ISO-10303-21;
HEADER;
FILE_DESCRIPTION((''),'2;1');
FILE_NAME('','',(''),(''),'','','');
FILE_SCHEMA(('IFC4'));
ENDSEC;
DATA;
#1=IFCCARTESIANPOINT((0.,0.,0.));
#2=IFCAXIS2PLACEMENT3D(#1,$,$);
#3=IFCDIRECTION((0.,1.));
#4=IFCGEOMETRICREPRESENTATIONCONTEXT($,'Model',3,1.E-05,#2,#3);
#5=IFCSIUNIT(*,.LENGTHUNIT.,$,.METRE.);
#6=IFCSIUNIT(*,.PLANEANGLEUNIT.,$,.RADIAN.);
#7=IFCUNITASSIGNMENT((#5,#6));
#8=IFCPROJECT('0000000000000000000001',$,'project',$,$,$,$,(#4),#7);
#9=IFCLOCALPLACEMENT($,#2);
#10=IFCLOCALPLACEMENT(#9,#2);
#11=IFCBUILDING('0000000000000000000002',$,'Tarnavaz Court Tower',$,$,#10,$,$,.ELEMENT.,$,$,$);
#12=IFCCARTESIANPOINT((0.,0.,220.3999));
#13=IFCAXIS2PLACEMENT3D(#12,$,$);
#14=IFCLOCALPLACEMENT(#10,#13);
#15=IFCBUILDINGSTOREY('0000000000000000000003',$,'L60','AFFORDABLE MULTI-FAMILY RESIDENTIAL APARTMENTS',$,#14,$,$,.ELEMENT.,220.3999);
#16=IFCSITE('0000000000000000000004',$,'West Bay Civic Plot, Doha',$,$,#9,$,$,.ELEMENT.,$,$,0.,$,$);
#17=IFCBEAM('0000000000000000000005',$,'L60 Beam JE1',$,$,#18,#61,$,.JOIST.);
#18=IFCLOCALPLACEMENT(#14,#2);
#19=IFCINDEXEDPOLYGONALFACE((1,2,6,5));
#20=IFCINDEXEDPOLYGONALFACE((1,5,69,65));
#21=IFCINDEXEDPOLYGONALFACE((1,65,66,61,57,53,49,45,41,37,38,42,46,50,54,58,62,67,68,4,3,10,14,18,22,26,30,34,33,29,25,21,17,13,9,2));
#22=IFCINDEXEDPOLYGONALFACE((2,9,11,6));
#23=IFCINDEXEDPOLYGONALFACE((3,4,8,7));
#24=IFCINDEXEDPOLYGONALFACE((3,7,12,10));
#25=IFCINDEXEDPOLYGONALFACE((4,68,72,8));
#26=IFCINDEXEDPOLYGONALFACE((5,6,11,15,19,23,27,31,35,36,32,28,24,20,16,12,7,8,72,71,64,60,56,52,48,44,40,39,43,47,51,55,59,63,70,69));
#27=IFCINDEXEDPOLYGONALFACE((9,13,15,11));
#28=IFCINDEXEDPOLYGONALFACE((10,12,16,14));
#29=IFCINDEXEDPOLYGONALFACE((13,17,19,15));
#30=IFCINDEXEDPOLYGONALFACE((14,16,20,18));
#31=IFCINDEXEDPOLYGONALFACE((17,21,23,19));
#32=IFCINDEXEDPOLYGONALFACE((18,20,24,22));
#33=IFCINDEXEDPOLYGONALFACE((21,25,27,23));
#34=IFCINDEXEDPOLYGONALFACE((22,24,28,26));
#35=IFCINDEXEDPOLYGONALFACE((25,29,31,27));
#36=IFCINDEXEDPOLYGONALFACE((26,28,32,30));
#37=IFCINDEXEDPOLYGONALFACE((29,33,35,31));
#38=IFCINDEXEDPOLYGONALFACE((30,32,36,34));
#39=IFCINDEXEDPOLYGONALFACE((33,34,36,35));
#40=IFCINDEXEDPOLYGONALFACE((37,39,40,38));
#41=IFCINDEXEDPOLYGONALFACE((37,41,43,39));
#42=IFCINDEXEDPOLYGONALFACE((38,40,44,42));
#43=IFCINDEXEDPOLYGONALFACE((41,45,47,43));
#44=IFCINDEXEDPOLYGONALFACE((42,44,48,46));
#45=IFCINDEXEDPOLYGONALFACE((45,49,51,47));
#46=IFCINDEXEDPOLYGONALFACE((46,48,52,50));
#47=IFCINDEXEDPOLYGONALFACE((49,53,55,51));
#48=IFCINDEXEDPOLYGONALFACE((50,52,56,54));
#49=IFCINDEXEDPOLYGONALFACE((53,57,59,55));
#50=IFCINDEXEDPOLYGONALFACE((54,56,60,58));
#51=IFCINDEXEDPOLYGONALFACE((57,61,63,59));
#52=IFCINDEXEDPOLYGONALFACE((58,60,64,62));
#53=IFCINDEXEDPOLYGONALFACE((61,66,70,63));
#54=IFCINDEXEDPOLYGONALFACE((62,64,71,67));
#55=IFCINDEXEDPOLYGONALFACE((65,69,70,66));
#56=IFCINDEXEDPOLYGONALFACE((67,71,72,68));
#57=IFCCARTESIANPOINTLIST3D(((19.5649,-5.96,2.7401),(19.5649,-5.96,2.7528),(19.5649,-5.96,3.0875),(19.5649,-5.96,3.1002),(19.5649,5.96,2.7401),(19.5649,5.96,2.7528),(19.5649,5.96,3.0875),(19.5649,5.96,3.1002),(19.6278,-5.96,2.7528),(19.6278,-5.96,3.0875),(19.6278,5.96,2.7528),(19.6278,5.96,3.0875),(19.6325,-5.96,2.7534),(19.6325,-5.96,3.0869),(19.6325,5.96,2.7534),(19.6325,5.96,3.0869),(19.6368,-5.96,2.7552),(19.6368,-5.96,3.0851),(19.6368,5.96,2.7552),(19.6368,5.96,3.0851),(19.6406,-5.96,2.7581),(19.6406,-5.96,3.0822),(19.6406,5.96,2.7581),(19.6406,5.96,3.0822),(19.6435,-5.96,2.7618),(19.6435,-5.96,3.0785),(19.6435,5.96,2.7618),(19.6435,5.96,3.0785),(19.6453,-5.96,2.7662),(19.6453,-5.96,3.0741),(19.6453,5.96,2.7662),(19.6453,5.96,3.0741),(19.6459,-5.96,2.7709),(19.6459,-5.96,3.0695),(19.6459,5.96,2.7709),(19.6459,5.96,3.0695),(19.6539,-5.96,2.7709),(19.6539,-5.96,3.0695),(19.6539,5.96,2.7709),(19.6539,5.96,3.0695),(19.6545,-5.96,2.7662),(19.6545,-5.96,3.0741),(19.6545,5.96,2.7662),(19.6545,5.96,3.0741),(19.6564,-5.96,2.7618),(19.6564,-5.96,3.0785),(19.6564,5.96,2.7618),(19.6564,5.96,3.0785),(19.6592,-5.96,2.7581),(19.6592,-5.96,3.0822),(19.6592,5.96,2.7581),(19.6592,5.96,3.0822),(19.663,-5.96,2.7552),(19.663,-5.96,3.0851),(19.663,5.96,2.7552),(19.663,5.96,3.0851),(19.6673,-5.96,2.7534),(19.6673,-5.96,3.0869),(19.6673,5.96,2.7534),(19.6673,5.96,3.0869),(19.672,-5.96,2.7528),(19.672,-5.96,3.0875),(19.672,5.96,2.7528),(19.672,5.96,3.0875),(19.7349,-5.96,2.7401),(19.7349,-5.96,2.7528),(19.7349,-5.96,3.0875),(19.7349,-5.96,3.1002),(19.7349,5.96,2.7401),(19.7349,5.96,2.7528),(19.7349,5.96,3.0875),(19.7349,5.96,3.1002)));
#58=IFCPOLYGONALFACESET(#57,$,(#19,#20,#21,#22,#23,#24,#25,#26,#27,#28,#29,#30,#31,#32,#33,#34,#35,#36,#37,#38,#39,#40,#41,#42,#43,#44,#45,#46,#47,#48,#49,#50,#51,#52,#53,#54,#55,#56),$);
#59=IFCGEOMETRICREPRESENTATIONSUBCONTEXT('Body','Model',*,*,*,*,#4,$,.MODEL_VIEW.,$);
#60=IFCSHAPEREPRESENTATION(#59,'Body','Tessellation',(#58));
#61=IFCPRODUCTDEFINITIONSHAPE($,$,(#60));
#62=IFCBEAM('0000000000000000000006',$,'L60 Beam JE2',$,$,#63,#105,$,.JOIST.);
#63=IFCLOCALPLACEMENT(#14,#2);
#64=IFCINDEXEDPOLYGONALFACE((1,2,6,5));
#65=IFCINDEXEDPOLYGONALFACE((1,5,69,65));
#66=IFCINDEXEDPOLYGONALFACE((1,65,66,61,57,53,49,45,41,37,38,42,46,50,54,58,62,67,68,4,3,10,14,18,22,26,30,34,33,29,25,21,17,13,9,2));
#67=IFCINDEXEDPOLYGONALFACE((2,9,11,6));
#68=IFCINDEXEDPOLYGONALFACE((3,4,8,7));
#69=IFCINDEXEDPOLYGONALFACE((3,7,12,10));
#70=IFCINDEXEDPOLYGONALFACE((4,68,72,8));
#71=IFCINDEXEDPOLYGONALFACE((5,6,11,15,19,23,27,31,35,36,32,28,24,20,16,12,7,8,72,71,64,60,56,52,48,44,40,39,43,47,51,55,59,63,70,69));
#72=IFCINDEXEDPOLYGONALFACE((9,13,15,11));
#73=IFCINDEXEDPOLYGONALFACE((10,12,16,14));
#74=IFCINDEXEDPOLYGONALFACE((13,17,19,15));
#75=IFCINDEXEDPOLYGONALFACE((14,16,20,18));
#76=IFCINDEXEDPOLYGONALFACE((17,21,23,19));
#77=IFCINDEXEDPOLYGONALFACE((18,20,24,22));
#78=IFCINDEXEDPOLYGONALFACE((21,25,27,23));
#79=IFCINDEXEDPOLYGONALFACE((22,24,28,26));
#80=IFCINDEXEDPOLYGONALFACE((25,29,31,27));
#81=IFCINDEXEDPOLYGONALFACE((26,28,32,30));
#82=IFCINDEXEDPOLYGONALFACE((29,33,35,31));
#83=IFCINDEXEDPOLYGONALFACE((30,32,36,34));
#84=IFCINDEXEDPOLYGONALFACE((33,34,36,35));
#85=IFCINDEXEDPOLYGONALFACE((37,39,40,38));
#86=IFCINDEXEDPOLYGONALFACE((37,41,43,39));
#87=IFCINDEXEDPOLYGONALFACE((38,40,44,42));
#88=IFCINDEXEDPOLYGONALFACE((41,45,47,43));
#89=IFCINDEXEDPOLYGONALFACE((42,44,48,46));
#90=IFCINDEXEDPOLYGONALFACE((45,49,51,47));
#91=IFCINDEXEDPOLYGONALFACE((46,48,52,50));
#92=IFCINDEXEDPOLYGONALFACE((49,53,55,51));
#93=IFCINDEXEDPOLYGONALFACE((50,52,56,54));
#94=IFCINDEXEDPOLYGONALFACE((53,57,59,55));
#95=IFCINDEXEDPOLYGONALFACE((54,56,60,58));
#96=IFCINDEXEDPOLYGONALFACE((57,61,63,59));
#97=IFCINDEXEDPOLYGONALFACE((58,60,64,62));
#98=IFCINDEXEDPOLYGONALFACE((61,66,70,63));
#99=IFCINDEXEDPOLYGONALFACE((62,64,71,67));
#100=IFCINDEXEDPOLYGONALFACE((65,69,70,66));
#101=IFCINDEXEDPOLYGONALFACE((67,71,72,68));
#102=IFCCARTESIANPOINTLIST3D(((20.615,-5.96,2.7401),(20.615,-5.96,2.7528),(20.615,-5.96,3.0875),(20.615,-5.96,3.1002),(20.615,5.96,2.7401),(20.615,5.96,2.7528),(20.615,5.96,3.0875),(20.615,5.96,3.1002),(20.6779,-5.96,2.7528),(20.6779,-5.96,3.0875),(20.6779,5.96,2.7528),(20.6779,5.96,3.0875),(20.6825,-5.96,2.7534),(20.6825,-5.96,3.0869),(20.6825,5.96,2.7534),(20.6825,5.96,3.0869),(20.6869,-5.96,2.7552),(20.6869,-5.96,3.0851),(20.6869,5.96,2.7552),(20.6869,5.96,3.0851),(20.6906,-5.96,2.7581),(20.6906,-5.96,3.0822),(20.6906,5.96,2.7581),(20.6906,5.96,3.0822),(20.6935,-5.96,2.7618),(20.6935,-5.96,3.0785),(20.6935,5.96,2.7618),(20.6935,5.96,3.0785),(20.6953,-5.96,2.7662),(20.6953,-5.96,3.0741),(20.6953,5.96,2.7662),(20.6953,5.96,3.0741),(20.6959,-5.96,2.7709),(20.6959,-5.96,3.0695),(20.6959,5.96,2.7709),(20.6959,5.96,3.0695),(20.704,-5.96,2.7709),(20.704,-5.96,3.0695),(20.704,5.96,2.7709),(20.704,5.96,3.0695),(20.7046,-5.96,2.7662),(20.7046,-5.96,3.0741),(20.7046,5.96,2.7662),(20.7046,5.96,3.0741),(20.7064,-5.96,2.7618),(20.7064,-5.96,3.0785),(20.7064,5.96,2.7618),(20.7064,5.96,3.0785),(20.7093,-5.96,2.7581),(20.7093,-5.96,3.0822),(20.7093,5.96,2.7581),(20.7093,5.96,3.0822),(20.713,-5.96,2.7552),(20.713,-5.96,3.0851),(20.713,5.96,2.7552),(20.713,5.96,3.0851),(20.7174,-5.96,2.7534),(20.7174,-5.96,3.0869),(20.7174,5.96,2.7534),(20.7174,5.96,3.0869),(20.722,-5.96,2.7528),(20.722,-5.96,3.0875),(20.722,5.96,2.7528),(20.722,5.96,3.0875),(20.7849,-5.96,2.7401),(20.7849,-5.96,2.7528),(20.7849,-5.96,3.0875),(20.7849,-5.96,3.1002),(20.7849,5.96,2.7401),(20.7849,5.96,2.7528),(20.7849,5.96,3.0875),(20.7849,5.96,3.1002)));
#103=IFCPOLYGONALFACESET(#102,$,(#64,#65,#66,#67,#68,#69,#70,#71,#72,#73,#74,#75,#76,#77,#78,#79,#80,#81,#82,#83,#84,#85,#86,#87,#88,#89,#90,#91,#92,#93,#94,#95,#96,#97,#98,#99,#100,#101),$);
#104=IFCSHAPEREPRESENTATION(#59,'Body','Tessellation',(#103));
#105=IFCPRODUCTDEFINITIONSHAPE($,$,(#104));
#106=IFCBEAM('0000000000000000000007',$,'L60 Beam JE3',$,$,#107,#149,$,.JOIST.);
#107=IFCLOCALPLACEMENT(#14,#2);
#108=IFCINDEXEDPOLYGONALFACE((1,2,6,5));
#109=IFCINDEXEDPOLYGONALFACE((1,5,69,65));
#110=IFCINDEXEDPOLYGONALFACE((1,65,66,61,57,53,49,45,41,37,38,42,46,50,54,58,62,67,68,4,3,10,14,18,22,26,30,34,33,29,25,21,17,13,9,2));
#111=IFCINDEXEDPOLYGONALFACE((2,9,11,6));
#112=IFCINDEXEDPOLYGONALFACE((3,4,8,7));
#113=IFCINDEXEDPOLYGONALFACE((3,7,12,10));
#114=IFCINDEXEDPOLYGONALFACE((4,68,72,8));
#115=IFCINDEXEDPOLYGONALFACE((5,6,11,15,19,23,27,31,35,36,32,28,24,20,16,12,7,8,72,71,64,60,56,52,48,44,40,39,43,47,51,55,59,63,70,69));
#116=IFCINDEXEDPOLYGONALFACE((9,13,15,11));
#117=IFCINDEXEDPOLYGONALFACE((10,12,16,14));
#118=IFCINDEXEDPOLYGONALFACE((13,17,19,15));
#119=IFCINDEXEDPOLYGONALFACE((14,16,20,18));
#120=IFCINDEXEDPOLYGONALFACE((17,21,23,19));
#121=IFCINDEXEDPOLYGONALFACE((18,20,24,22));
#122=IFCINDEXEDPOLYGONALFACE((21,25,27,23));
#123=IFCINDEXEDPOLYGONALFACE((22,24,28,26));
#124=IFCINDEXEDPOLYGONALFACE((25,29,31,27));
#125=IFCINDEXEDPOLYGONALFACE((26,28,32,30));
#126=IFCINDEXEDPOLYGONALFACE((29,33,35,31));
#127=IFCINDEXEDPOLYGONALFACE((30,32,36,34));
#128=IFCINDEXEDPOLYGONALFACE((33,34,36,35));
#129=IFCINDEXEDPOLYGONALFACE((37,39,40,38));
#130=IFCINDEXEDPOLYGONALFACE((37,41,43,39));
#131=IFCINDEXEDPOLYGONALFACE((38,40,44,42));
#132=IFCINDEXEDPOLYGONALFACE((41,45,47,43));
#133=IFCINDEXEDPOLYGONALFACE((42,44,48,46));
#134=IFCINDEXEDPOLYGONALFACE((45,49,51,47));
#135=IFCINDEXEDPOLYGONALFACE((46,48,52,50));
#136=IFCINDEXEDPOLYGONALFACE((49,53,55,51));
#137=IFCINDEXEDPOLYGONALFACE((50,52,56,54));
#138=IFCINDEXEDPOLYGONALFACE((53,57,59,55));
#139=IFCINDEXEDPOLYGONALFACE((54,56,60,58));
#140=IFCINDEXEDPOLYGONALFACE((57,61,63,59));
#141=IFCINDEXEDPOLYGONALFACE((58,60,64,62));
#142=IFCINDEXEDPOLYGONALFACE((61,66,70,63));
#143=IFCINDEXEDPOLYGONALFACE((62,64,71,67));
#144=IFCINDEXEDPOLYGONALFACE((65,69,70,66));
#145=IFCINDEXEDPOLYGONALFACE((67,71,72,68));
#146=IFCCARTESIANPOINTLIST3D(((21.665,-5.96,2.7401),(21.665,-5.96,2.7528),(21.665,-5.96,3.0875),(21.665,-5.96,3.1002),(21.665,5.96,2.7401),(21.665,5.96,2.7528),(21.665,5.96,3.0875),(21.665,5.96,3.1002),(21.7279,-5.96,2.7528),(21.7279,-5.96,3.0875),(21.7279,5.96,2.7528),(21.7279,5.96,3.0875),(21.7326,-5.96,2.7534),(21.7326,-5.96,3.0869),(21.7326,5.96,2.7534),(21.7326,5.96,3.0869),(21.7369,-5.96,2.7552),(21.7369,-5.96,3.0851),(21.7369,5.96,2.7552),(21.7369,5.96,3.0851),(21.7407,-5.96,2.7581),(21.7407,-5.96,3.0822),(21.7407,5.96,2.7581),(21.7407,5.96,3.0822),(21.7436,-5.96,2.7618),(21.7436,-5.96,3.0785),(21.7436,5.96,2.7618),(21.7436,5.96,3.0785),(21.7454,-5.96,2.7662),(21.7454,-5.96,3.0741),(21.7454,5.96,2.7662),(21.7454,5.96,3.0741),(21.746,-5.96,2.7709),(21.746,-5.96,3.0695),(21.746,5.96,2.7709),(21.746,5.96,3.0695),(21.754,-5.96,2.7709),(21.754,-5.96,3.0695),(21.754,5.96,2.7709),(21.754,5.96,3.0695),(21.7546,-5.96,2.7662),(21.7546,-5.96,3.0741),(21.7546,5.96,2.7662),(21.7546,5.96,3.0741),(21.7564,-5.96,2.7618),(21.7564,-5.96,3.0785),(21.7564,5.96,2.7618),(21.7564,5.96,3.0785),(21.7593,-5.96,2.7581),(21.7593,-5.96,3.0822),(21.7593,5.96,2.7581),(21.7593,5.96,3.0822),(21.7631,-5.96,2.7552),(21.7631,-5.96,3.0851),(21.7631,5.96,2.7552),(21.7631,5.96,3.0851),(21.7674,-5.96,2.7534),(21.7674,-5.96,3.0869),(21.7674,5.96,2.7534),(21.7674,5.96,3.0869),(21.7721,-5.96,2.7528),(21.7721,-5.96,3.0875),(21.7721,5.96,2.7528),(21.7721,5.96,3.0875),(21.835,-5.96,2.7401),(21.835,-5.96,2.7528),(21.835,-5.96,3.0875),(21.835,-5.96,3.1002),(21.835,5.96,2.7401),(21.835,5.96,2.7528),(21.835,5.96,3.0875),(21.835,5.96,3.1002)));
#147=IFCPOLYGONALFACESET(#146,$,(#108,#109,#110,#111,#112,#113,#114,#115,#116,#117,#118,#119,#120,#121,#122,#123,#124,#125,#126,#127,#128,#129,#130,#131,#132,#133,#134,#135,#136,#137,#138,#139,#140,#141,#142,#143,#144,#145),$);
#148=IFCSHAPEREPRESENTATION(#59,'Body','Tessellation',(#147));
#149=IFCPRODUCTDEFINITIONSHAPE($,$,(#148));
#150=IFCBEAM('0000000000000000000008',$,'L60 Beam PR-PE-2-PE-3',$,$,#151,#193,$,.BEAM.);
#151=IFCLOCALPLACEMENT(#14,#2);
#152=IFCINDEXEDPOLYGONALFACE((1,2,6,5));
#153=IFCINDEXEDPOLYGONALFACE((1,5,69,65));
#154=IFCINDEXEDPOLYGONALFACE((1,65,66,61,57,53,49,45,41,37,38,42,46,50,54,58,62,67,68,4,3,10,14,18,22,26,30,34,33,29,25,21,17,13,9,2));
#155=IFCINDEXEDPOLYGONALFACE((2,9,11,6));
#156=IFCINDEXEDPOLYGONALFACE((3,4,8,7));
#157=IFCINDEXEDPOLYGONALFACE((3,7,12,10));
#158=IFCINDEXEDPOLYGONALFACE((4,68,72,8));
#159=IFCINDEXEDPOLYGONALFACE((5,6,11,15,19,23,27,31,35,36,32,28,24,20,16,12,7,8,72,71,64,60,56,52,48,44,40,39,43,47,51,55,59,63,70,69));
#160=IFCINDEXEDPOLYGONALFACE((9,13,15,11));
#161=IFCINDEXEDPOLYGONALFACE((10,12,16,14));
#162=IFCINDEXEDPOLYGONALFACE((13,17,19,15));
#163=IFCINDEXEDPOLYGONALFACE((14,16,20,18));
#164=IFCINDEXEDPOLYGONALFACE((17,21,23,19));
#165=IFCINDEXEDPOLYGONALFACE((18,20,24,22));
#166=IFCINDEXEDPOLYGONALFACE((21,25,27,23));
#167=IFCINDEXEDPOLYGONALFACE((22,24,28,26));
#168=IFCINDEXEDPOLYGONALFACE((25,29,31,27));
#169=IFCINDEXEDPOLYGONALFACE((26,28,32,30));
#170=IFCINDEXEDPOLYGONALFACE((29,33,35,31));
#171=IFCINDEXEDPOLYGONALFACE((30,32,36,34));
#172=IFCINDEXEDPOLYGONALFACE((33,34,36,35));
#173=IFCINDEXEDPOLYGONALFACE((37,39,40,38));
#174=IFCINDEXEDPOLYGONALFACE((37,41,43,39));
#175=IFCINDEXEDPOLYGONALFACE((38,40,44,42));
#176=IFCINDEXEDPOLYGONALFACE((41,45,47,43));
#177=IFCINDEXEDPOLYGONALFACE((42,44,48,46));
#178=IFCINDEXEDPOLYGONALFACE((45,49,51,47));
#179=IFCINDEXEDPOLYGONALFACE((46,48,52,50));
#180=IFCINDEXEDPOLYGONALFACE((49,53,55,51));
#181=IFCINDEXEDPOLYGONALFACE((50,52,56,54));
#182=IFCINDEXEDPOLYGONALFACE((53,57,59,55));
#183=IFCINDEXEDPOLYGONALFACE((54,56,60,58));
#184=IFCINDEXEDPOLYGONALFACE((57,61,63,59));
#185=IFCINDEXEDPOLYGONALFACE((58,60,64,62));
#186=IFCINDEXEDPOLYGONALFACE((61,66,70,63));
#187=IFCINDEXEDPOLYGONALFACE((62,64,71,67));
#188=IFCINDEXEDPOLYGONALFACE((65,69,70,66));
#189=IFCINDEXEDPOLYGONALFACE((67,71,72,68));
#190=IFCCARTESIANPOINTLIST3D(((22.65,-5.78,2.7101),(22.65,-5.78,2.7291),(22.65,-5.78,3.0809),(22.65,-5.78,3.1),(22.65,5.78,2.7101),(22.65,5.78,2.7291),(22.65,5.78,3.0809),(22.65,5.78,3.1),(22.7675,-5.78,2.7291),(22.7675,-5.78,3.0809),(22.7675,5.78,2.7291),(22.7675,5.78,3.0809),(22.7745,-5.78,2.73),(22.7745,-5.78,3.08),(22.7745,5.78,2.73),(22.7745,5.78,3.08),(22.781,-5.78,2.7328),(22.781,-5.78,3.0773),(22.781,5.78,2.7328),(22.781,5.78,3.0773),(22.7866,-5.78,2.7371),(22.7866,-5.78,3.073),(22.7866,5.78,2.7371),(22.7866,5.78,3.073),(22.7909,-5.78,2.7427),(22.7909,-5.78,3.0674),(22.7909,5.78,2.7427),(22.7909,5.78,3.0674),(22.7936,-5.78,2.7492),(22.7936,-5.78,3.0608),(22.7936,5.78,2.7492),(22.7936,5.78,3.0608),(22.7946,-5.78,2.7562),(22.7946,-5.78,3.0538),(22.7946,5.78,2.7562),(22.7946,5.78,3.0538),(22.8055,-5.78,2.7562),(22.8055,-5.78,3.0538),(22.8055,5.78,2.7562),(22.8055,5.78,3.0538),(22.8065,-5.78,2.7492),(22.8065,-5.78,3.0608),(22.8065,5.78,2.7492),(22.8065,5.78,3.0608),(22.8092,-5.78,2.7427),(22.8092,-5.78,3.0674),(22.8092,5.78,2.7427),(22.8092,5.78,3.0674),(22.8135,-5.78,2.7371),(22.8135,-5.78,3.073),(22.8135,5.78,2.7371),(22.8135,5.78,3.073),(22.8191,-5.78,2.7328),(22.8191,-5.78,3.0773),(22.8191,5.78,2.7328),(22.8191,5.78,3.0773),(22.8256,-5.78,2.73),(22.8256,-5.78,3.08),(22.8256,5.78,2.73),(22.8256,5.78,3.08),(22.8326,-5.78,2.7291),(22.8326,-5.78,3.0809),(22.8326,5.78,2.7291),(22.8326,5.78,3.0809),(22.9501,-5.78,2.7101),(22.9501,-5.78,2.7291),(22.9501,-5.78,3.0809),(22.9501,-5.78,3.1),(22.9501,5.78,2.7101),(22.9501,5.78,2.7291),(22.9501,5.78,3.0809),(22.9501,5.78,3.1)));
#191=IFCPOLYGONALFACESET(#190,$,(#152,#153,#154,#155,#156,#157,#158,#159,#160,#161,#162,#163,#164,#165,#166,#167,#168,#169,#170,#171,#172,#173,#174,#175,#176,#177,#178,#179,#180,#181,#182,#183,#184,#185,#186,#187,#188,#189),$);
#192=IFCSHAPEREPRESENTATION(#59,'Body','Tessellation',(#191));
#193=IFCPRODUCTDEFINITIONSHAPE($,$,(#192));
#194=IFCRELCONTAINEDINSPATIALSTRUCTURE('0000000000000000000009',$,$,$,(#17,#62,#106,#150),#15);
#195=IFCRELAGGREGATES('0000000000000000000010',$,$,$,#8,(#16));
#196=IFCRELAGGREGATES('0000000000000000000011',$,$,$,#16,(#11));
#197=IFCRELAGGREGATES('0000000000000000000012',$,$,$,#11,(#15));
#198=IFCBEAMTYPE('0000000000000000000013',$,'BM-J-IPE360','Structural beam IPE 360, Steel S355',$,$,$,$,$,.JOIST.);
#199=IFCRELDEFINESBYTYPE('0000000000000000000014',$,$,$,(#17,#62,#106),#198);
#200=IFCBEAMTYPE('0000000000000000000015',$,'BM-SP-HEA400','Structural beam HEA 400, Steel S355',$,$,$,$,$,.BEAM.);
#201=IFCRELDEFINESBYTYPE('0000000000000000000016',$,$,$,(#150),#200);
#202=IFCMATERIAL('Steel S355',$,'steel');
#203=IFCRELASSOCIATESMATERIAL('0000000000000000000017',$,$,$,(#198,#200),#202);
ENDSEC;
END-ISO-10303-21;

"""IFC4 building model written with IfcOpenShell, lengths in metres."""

from ifc_helpers import new_model, si_unit, direction, frame, origin, origin_2d, place, context, subcontext, project, spatial, i_section, extrude, material, material_profile, profile_set, type_object, element, save


model = new_model("IFC4")

# Units and contexts
model_context = context("Model", 3, precision=1e-05, world=origin(), true_north=direction((0.0, 1.0)))
body_context = subcontext(model_context, "Body", "Model", "MODEL_VIEW")
ifc_project = project(units=[si_unit("LENGTHUNIT", "METRE"), si_unit("PLANEANGLEUNIT", "RADIAN")], contexts=[model_context])

# Site, building, storey
site_placement = place(None, origin())
site = spatial("IfcSite", under=ifc_project, at=site_placement, Name="West Bay Civic Plot, Doha", CompositionType="ELEMENT", RefElevation=0.0)
building_placement = place(site_placement, origin())
building = spatial("IfcBuilding", under=site, at=building_placement, Name="Tarnavaz Court Tower", CompositionType="ELEMENT")
storey_placement = place(building_placement, frame((0.0, 0.0, 220.3999)))
storey = spatial("IfcBuildingStorey", under=building, at=storey_placement, Name="L60", Description="AFFORDABLE MULTI-FAMILY RESIDENTIAL APARTMENTS", CompositionType="ELEMENT", Elevation=220.3999)

# Beams
ifc_material_1 = material(Name="Steel S355", Category="steel")
ifc_material_profile_1 = material_profile(ifc_material_1, i_section(OverallWidth=0.1699, OverallDepth=0.3601, WebThickness=0.0081, FlangeThickness=0.0127, FilletRadius=0.0181, at=origin_2d()), Name="IPE 360")
ifc_profile_set_1 = profile_set([ifc_material_profile_1], Name="Steel S355")
beam_type_1 = type_object("IfcBeamType", Name="BM-J-IPE360", Description="Structural beam IPE 360, Steel S355", PredefinedType="JOIST", material=ifc_profile_set_1)
for number, where, z_axis, x_axis, name in (
    (1, (19.6499, -5.96, 2.9202), (0.0, 1.0, 0.0), (-1.0, 0.0, 0.0), "L60 Beam JE1"),
    (2, (20.7, -5.96, 2.9202), (0.0, 1.0, 0.0), (-1.0, 0.0, 0.0), "L60 Beam JE2"),
    (3, (21.75, -5.96, 2.9202), (0.0, 1.0, 0.0), (-1.0, 0.0, 0.0), "L60 Beam JE3"),
):
    element("IfcBeam", number, at=place(storey_placement, frame(where, z_axis=z_axis, x_axis=x_axis)), inside=storey, type_object=beam_type_1, Name=name, PredefinedType="JOIST", context=body_context, shape_type="SweptSolid", body=[
        extrude(i_section(OverallWidth=0.1699, OverallDepth=0.3601, WebThickness=0.0081, FlangeThickness=0.0127, FilletRadius=0.0181, at=origin_2d()), origin(), (0.0, 0.0, 1.0), 11.9199),
    ])
ifc_material_profile_2 = material_profile(ifc_material_1, i_section(OverallWidth=0.3, OverallDepth=0.3899, WebThickness=0.011, FlangeThickness=0.019, FilletRadius=0.0271, at=origin_2d()), Name="HEA 400")
ifc_profile_set_2 = profile_set([ifc_material_profile_2], Name="Steel S355")
beam_type_2 = type_object("IfcBeamType", Name="BM-SP-HEA400", Description="Structural beam HEA 400, Steel S355", PredefinedType="BEAM", material=ifc_profile_set_2)
beam_1_placement = place(storey_placement, frame((22.8, -5.78, 2.905), z_axis=(0.0, 1.0, 0.0), x_axis=(-1.0, 0.0, 0.0)))
element("IfcBeam", 4, at=beam_1_placement, inside=storey, type_object=beam_type_2, Name="L60 Beam PR-PE-2-PE-3", PredefinedType="BEAM", context=body_context, shape_type="SweptSolid", body=[
    extrude(i_section(OverallWidth=0.3, OverallDepth=0.3899, WebThickness=0.011, FlangeThickness=0.019, FilletRadius=0.0271, at=origin_2d()), origin(), (0.0, 0.0, 1.0), 11.5601),
])

save(model, "model.ifc")
